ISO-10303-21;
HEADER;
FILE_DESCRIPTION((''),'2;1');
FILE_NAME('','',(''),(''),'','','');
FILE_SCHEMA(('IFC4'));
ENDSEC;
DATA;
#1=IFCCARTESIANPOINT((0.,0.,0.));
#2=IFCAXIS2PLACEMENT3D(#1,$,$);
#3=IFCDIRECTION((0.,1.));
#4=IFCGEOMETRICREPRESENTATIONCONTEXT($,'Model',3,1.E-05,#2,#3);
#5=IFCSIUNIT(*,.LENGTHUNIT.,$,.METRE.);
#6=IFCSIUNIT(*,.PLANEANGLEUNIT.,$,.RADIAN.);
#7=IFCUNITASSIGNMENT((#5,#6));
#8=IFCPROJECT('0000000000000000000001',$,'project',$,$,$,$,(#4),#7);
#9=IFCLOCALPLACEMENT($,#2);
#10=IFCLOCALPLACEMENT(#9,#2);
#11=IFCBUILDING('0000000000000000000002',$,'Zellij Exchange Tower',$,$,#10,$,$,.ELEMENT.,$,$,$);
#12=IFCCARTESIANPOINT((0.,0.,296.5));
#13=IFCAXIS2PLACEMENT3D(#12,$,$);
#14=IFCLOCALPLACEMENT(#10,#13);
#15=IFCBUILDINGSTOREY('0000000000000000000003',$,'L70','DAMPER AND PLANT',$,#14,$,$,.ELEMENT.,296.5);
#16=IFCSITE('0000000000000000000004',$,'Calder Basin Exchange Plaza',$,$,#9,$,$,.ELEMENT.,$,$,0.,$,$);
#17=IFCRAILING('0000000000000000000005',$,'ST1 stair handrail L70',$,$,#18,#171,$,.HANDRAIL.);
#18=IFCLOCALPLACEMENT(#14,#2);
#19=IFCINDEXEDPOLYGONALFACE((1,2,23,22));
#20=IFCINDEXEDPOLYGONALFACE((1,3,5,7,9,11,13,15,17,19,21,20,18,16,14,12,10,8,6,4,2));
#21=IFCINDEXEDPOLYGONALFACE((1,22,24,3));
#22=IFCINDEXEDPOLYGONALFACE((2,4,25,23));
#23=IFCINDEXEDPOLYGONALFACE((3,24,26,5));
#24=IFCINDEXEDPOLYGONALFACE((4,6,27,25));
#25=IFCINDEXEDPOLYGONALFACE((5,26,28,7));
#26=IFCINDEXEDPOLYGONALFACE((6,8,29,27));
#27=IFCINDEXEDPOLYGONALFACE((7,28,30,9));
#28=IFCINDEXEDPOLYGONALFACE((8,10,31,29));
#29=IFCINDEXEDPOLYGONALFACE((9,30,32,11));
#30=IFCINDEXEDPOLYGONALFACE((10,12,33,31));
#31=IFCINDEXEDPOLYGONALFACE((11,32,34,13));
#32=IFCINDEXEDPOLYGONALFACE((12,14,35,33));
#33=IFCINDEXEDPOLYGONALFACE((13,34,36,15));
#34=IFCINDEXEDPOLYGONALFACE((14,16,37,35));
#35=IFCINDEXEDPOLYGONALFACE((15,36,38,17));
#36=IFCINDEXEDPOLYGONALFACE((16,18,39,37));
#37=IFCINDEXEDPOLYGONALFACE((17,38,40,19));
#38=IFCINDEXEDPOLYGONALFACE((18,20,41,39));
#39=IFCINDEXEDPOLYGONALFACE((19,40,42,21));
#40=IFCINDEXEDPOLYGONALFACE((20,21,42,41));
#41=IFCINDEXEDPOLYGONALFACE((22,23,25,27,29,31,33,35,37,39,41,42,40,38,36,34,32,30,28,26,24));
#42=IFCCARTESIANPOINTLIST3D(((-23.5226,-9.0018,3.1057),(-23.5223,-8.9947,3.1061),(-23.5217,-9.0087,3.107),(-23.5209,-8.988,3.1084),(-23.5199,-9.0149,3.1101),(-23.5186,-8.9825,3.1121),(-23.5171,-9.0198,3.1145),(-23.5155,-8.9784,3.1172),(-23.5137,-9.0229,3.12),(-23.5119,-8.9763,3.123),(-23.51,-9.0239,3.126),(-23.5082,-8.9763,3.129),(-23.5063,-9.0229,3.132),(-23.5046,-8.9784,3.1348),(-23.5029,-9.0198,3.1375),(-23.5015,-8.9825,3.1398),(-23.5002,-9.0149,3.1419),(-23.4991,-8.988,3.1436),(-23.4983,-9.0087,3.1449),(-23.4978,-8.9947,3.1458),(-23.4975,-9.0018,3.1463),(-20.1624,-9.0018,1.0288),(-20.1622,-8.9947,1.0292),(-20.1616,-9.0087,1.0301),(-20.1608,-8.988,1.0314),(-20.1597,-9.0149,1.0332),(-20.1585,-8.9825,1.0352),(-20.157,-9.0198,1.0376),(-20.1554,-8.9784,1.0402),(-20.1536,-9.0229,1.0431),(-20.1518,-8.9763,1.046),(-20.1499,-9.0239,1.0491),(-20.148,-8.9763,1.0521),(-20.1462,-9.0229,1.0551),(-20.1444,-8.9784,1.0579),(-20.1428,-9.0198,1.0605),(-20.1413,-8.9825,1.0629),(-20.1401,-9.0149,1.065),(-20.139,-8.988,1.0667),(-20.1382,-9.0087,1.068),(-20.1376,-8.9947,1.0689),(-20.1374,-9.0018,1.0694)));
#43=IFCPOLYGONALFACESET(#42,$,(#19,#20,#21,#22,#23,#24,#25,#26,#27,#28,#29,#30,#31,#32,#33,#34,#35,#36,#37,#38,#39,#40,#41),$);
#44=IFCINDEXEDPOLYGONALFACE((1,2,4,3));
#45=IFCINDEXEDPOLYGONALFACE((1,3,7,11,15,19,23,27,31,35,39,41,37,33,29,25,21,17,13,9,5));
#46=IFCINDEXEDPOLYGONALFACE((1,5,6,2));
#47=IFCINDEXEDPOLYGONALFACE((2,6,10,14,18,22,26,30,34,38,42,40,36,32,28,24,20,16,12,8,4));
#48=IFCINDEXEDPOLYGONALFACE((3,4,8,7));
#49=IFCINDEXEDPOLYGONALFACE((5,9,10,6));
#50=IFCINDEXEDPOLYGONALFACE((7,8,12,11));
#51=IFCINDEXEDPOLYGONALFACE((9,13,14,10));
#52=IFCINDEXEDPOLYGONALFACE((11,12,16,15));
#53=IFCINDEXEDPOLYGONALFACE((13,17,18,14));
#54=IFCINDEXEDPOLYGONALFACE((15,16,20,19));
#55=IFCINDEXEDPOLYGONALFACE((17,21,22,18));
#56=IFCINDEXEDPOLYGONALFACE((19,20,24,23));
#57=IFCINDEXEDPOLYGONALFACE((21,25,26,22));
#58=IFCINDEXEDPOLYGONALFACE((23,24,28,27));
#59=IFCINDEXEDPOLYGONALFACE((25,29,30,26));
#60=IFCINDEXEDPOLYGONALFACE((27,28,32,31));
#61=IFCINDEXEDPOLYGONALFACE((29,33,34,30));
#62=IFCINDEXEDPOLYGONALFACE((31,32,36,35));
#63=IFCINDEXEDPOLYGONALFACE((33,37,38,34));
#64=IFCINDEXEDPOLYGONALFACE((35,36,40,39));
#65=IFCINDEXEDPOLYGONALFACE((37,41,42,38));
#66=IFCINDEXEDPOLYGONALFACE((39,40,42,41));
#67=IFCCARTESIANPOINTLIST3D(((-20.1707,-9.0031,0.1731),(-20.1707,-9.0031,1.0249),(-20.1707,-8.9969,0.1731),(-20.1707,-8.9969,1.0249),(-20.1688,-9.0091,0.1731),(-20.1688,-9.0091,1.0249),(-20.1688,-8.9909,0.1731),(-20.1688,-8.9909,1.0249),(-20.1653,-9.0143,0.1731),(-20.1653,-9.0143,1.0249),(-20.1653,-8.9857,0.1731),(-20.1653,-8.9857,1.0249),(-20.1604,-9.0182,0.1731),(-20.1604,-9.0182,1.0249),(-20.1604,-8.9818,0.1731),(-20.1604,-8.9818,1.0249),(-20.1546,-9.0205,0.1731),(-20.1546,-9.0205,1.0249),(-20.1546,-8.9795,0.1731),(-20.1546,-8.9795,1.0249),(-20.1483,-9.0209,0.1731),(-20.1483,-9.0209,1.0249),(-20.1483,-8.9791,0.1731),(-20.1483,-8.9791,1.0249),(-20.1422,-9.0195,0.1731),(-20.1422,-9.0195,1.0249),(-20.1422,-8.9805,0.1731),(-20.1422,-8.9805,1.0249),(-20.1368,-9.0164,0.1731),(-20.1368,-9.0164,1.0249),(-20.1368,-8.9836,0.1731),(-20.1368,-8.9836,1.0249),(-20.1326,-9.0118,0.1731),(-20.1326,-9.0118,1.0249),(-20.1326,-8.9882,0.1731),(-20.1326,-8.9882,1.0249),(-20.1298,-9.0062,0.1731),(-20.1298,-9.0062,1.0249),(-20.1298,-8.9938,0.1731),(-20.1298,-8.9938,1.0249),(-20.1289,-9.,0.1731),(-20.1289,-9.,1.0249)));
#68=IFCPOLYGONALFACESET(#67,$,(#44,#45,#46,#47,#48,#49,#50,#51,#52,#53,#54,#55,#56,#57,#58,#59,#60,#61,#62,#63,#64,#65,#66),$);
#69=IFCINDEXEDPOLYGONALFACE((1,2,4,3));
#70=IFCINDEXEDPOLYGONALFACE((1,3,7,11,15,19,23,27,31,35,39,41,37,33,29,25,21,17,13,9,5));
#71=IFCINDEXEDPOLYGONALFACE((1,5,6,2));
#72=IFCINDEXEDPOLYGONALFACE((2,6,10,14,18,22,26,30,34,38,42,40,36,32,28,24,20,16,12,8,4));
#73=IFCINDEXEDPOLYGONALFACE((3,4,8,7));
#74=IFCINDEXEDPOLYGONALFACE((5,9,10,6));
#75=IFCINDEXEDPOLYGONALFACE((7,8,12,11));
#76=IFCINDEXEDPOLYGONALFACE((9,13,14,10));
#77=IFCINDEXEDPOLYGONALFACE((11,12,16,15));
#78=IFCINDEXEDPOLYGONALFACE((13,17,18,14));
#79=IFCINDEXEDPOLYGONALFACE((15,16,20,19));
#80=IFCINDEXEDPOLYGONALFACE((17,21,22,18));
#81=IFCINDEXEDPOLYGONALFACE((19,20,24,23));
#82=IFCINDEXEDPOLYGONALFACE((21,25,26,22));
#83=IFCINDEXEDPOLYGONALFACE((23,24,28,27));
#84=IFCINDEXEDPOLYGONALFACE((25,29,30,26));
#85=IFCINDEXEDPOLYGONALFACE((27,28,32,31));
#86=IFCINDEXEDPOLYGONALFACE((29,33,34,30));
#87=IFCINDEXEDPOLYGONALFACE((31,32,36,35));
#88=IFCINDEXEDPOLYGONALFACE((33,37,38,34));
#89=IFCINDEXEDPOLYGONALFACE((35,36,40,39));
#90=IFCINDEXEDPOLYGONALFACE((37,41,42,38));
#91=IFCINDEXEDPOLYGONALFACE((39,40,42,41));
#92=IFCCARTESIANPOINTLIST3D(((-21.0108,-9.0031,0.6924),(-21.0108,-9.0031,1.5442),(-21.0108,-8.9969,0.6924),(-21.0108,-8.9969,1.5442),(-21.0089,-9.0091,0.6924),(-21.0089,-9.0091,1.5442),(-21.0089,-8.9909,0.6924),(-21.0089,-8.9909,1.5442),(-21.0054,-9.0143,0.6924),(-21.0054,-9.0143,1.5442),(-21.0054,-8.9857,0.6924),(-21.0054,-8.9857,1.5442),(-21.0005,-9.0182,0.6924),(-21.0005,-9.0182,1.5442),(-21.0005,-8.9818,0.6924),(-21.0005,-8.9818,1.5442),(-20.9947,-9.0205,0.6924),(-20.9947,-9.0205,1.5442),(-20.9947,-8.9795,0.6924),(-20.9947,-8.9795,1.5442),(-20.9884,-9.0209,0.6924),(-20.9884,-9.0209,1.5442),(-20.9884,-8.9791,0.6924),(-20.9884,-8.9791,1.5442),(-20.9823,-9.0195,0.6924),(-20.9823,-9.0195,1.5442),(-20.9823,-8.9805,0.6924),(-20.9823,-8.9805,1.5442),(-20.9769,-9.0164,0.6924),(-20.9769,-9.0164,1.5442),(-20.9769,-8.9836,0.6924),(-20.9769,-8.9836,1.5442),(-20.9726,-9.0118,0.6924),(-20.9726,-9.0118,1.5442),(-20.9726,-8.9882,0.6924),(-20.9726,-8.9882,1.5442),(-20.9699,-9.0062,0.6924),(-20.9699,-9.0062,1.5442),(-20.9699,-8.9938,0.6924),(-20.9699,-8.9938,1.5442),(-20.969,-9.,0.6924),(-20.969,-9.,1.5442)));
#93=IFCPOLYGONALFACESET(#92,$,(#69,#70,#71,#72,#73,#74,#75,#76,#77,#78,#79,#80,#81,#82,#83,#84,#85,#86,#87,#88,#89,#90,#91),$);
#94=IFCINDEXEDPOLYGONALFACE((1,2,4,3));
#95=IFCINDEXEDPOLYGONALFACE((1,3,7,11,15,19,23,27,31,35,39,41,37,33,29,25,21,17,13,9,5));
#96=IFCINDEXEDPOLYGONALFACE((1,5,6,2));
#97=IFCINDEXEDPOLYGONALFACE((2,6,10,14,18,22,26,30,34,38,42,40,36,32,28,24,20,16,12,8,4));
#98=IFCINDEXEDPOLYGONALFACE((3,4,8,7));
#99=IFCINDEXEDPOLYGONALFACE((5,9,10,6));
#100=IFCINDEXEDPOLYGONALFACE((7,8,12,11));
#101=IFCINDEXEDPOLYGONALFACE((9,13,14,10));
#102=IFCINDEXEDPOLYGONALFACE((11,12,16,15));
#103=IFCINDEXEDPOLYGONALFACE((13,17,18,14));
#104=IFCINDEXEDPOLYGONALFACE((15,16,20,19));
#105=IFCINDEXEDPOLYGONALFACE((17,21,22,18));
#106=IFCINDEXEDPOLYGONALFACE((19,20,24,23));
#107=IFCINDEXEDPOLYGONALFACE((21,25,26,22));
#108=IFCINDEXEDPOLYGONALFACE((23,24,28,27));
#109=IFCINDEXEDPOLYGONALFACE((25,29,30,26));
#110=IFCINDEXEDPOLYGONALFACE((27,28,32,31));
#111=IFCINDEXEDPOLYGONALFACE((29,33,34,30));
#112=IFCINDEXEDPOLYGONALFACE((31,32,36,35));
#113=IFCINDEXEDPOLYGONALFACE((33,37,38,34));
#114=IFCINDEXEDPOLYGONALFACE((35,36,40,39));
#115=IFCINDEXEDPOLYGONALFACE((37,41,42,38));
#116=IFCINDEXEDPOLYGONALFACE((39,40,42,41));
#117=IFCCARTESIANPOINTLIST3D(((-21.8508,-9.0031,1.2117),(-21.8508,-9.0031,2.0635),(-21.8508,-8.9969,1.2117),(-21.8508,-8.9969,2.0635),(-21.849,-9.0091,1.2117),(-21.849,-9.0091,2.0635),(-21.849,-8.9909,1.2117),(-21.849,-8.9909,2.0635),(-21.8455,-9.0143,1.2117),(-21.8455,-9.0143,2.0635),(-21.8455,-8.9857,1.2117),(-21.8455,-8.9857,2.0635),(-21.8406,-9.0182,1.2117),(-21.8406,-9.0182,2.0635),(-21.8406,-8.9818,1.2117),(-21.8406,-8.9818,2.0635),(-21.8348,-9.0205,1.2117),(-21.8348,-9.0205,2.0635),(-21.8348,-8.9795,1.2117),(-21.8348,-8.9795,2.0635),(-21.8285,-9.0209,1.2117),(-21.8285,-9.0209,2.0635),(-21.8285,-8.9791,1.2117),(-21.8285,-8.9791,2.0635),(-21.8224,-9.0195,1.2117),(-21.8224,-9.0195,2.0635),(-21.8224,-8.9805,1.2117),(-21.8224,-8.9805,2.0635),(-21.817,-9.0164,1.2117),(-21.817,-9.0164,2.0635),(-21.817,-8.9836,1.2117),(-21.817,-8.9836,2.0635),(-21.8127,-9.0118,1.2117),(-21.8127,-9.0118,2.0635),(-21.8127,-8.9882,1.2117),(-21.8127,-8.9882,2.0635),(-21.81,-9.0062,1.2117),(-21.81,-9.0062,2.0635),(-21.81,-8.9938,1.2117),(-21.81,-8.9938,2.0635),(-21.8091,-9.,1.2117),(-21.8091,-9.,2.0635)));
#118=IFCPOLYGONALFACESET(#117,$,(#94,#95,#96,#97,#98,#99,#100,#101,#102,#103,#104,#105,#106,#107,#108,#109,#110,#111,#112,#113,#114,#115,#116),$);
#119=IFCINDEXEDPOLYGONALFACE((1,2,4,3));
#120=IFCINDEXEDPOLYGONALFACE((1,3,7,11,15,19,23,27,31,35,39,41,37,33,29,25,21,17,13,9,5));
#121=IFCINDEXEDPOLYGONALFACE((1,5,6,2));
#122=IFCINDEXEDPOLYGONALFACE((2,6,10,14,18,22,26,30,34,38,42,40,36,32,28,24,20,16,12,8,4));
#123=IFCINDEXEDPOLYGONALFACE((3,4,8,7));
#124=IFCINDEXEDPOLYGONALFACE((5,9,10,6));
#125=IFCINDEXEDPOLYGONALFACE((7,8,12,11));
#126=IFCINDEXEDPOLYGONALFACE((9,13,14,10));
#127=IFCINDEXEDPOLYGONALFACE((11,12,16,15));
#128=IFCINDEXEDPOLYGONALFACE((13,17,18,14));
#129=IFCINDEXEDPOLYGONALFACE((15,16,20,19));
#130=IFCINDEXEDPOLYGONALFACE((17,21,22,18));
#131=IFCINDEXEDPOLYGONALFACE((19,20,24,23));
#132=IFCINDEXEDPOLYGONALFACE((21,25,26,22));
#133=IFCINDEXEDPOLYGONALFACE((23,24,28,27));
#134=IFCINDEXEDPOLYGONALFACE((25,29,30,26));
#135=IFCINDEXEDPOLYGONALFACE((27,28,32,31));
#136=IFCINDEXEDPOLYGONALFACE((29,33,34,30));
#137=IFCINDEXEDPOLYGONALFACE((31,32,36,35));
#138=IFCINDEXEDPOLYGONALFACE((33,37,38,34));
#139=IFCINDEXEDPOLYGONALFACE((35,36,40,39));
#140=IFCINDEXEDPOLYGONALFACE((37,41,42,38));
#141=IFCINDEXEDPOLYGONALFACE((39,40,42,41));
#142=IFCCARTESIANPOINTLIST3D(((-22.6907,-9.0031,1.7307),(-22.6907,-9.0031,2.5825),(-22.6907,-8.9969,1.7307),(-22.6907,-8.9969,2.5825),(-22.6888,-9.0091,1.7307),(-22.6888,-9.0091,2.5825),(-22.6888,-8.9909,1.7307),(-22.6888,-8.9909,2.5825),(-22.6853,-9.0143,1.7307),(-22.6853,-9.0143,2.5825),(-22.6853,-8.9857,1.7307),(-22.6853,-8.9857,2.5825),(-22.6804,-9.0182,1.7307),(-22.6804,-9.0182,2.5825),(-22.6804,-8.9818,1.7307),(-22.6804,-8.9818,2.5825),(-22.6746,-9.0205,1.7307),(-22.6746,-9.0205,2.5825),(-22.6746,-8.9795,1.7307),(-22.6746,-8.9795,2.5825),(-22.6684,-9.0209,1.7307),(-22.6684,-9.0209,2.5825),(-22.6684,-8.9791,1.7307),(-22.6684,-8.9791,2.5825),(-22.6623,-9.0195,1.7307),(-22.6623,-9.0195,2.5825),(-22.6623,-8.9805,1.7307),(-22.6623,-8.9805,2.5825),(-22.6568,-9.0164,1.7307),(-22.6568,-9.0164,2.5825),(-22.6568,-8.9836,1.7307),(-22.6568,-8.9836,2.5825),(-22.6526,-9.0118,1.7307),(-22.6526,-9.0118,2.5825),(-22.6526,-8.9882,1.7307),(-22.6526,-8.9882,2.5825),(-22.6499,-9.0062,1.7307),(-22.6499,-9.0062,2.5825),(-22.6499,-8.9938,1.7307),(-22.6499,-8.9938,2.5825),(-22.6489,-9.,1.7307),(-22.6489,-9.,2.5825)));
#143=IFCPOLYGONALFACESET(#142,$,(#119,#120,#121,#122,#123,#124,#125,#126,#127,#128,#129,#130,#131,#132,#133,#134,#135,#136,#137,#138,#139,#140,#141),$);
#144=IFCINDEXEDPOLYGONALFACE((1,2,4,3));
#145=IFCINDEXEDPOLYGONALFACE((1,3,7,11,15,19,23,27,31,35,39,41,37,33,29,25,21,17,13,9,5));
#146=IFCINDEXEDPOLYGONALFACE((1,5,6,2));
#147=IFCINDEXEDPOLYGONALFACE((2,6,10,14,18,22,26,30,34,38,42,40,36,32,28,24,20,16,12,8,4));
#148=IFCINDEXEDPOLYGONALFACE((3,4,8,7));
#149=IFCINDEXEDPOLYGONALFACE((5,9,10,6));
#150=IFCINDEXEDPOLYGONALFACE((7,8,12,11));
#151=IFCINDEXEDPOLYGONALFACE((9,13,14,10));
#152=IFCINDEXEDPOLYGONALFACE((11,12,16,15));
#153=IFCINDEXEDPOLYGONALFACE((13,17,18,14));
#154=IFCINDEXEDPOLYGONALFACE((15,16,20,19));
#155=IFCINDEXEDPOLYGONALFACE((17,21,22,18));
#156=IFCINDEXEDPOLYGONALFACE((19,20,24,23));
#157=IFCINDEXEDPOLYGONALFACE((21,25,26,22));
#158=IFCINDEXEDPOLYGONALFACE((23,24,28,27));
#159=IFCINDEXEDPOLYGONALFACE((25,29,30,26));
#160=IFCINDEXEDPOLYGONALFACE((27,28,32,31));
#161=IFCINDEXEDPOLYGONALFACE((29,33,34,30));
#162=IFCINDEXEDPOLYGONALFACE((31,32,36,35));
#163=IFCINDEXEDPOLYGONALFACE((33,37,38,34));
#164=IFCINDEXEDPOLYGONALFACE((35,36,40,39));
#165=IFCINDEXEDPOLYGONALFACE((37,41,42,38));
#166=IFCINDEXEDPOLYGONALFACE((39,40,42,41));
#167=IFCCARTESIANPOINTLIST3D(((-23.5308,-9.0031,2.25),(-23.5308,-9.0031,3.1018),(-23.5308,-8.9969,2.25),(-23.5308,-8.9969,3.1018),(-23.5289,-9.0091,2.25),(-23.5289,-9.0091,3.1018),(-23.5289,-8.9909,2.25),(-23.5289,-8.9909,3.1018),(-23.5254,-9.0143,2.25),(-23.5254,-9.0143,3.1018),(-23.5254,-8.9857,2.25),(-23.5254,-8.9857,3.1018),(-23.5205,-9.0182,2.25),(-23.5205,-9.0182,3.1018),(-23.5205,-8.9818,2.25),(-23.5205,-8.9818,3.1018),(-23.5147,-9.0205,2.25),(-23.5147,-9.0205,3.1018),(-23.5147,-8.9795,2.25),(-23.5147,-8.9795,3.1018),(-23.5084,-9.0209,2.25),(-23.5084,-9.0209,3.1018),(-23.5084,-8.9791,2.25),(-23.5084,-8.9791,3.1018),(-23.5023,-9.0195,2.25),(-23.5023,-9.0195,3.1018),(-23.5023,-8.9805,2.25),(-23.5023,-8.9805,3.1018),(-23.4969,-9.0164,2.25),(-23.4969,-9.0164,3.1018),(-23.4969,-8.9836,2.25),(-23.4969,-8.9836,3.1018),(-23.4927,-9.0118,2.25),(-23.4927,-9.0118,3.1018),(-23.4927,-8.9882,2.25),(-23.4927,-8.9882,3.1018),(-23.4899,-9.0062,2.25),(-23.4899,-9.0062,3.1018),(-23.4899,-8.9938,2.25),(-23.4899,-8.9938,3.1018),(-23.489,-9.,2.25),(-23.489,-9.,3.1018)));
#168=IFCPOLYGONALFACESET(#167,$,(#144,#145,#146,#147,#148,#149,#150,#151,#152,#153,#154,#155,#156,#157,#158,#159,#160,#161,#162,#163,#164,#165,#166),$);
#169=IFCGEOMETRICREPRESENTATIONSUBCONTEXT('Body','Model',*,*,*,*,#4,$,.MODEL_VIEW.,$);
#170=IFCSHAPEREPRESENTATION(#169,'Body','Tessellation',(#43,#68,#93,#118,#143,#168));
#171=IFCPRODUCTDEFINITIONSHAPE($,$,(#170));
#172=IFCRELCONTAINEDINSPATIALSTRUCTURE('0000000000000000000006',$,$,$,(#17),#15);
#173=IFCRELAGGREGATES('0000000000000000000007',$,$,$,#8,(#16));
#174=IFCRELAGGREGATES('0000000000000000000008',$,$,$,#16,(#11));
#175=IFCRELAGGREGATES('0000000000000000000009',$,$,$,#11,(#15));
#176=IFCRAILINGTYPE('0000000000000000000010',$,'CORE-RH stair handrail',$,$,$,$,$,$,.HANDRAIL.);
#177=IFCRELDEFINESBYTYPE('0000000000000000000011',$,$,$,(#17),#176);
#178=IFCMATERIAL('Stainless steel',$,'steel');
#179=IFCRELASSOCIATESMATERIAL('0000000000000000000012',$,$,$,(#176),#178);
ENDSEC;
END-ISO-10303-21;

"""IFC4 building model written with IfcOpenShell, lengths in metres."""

from ifc_helpers import new_model, si_unit, direction, frame, origin, origin_2d, place, context, subcontext, project, spatial, circle, extrude, material, type_object, element, save


model = new_model("IFC4")

# Units and contexts
model_context = context("Model", 3, precision=1e-05, world=origin(), true_north=direction((0.0, 1.0)))
body_context = subcontext(model_context, "Body", "Model", "MODEL_VIEW")
ifc_project = project(units=[si_unit("LENGTHUNIT", "METRE"), si_unit("PLANEANGLEUNIT", "RADIAN")], contexts=[model_context])

# Site, building, storey
site_placement = place(None, origin())
site = spatial("IfcSite", under=ifc_project, at=site_placement, Name="Calder Basin Exchange Plaza", CompositionType="ELEMENT", RefElevation=0.0)
building_placement = place(site_placement, origin())
building = spatial("IfcBuilding", under=site, at=building_placement, Name="Zellij Exchange Tower", CompositionType="ELEMENT")
storey_placement = place(building_placement, frame((0.0, 0.0, 296.5)))
storey = spatial("IfcBuildingStorey", under=building, at=storey_placement, Name="L70", Description="DAMPER AND PLANT", CompositionType="ELEMENT", Elevation=296.5)

# Railing
ifc_material_1 = material(Name="Stainless steel", Category="steel")
railing_type_1 = type_object("IfcRailingType", Name="CORE-RH stair handrail", PredefinedType="HANDRAIL", material=ifc_material_1)
for number, where, name in (
    (1, (-20.1499, -9.0, 0.1731), "ST1 stair handrail L70"),
):
    element("IfcRailing", number, at=place(storey_placement, frame(where)), inside=storey, type_object=railing_type_1, Name=name, PredefinedType="HANDRAIL", context=body_context, shape_type="SweptSolid", body=[
        extrude(circle(Radius=0.0239, at=origin_2d()), frame((0.0, 0.0, 0.876), z_axis=(-0.850623, 0.0, 0.525776), x_axis=(0.0, -1.0, 0.0)), (0.0, 0.0, 1.0), 3.9502),
        extrude(circle(Radius=0.021, at=origin_2d()), origin(), (0.0, 0.0, 1.0), 0.8518),
        extrude(circle(Radius=0.021, at=origin_2d()), frame((-0.8401, 0.0, 0.5193)), (0.0, 0.0, 1.0), 0.8518),
        extrude(circle(Radius=0.021, at=origin_2d()), frame((-1.6802, 0.0, 1.0386)), (0.0, 0.0, 1.0), 0.8518),
        extrude(circle(Radius=0.021, at=origin_2d()), frame((-2.52, 0.0, 1.5576)), (0.0, 0.0, 1.0), 0.8518),
        extrude(circle(Radius=0.021, at=origin_2d()), frame((-3.3601, 0.0, 2.0769)), (0.0, 0.0, 1.0), 0.8518),
    ])

save(model, "model.ifc")
